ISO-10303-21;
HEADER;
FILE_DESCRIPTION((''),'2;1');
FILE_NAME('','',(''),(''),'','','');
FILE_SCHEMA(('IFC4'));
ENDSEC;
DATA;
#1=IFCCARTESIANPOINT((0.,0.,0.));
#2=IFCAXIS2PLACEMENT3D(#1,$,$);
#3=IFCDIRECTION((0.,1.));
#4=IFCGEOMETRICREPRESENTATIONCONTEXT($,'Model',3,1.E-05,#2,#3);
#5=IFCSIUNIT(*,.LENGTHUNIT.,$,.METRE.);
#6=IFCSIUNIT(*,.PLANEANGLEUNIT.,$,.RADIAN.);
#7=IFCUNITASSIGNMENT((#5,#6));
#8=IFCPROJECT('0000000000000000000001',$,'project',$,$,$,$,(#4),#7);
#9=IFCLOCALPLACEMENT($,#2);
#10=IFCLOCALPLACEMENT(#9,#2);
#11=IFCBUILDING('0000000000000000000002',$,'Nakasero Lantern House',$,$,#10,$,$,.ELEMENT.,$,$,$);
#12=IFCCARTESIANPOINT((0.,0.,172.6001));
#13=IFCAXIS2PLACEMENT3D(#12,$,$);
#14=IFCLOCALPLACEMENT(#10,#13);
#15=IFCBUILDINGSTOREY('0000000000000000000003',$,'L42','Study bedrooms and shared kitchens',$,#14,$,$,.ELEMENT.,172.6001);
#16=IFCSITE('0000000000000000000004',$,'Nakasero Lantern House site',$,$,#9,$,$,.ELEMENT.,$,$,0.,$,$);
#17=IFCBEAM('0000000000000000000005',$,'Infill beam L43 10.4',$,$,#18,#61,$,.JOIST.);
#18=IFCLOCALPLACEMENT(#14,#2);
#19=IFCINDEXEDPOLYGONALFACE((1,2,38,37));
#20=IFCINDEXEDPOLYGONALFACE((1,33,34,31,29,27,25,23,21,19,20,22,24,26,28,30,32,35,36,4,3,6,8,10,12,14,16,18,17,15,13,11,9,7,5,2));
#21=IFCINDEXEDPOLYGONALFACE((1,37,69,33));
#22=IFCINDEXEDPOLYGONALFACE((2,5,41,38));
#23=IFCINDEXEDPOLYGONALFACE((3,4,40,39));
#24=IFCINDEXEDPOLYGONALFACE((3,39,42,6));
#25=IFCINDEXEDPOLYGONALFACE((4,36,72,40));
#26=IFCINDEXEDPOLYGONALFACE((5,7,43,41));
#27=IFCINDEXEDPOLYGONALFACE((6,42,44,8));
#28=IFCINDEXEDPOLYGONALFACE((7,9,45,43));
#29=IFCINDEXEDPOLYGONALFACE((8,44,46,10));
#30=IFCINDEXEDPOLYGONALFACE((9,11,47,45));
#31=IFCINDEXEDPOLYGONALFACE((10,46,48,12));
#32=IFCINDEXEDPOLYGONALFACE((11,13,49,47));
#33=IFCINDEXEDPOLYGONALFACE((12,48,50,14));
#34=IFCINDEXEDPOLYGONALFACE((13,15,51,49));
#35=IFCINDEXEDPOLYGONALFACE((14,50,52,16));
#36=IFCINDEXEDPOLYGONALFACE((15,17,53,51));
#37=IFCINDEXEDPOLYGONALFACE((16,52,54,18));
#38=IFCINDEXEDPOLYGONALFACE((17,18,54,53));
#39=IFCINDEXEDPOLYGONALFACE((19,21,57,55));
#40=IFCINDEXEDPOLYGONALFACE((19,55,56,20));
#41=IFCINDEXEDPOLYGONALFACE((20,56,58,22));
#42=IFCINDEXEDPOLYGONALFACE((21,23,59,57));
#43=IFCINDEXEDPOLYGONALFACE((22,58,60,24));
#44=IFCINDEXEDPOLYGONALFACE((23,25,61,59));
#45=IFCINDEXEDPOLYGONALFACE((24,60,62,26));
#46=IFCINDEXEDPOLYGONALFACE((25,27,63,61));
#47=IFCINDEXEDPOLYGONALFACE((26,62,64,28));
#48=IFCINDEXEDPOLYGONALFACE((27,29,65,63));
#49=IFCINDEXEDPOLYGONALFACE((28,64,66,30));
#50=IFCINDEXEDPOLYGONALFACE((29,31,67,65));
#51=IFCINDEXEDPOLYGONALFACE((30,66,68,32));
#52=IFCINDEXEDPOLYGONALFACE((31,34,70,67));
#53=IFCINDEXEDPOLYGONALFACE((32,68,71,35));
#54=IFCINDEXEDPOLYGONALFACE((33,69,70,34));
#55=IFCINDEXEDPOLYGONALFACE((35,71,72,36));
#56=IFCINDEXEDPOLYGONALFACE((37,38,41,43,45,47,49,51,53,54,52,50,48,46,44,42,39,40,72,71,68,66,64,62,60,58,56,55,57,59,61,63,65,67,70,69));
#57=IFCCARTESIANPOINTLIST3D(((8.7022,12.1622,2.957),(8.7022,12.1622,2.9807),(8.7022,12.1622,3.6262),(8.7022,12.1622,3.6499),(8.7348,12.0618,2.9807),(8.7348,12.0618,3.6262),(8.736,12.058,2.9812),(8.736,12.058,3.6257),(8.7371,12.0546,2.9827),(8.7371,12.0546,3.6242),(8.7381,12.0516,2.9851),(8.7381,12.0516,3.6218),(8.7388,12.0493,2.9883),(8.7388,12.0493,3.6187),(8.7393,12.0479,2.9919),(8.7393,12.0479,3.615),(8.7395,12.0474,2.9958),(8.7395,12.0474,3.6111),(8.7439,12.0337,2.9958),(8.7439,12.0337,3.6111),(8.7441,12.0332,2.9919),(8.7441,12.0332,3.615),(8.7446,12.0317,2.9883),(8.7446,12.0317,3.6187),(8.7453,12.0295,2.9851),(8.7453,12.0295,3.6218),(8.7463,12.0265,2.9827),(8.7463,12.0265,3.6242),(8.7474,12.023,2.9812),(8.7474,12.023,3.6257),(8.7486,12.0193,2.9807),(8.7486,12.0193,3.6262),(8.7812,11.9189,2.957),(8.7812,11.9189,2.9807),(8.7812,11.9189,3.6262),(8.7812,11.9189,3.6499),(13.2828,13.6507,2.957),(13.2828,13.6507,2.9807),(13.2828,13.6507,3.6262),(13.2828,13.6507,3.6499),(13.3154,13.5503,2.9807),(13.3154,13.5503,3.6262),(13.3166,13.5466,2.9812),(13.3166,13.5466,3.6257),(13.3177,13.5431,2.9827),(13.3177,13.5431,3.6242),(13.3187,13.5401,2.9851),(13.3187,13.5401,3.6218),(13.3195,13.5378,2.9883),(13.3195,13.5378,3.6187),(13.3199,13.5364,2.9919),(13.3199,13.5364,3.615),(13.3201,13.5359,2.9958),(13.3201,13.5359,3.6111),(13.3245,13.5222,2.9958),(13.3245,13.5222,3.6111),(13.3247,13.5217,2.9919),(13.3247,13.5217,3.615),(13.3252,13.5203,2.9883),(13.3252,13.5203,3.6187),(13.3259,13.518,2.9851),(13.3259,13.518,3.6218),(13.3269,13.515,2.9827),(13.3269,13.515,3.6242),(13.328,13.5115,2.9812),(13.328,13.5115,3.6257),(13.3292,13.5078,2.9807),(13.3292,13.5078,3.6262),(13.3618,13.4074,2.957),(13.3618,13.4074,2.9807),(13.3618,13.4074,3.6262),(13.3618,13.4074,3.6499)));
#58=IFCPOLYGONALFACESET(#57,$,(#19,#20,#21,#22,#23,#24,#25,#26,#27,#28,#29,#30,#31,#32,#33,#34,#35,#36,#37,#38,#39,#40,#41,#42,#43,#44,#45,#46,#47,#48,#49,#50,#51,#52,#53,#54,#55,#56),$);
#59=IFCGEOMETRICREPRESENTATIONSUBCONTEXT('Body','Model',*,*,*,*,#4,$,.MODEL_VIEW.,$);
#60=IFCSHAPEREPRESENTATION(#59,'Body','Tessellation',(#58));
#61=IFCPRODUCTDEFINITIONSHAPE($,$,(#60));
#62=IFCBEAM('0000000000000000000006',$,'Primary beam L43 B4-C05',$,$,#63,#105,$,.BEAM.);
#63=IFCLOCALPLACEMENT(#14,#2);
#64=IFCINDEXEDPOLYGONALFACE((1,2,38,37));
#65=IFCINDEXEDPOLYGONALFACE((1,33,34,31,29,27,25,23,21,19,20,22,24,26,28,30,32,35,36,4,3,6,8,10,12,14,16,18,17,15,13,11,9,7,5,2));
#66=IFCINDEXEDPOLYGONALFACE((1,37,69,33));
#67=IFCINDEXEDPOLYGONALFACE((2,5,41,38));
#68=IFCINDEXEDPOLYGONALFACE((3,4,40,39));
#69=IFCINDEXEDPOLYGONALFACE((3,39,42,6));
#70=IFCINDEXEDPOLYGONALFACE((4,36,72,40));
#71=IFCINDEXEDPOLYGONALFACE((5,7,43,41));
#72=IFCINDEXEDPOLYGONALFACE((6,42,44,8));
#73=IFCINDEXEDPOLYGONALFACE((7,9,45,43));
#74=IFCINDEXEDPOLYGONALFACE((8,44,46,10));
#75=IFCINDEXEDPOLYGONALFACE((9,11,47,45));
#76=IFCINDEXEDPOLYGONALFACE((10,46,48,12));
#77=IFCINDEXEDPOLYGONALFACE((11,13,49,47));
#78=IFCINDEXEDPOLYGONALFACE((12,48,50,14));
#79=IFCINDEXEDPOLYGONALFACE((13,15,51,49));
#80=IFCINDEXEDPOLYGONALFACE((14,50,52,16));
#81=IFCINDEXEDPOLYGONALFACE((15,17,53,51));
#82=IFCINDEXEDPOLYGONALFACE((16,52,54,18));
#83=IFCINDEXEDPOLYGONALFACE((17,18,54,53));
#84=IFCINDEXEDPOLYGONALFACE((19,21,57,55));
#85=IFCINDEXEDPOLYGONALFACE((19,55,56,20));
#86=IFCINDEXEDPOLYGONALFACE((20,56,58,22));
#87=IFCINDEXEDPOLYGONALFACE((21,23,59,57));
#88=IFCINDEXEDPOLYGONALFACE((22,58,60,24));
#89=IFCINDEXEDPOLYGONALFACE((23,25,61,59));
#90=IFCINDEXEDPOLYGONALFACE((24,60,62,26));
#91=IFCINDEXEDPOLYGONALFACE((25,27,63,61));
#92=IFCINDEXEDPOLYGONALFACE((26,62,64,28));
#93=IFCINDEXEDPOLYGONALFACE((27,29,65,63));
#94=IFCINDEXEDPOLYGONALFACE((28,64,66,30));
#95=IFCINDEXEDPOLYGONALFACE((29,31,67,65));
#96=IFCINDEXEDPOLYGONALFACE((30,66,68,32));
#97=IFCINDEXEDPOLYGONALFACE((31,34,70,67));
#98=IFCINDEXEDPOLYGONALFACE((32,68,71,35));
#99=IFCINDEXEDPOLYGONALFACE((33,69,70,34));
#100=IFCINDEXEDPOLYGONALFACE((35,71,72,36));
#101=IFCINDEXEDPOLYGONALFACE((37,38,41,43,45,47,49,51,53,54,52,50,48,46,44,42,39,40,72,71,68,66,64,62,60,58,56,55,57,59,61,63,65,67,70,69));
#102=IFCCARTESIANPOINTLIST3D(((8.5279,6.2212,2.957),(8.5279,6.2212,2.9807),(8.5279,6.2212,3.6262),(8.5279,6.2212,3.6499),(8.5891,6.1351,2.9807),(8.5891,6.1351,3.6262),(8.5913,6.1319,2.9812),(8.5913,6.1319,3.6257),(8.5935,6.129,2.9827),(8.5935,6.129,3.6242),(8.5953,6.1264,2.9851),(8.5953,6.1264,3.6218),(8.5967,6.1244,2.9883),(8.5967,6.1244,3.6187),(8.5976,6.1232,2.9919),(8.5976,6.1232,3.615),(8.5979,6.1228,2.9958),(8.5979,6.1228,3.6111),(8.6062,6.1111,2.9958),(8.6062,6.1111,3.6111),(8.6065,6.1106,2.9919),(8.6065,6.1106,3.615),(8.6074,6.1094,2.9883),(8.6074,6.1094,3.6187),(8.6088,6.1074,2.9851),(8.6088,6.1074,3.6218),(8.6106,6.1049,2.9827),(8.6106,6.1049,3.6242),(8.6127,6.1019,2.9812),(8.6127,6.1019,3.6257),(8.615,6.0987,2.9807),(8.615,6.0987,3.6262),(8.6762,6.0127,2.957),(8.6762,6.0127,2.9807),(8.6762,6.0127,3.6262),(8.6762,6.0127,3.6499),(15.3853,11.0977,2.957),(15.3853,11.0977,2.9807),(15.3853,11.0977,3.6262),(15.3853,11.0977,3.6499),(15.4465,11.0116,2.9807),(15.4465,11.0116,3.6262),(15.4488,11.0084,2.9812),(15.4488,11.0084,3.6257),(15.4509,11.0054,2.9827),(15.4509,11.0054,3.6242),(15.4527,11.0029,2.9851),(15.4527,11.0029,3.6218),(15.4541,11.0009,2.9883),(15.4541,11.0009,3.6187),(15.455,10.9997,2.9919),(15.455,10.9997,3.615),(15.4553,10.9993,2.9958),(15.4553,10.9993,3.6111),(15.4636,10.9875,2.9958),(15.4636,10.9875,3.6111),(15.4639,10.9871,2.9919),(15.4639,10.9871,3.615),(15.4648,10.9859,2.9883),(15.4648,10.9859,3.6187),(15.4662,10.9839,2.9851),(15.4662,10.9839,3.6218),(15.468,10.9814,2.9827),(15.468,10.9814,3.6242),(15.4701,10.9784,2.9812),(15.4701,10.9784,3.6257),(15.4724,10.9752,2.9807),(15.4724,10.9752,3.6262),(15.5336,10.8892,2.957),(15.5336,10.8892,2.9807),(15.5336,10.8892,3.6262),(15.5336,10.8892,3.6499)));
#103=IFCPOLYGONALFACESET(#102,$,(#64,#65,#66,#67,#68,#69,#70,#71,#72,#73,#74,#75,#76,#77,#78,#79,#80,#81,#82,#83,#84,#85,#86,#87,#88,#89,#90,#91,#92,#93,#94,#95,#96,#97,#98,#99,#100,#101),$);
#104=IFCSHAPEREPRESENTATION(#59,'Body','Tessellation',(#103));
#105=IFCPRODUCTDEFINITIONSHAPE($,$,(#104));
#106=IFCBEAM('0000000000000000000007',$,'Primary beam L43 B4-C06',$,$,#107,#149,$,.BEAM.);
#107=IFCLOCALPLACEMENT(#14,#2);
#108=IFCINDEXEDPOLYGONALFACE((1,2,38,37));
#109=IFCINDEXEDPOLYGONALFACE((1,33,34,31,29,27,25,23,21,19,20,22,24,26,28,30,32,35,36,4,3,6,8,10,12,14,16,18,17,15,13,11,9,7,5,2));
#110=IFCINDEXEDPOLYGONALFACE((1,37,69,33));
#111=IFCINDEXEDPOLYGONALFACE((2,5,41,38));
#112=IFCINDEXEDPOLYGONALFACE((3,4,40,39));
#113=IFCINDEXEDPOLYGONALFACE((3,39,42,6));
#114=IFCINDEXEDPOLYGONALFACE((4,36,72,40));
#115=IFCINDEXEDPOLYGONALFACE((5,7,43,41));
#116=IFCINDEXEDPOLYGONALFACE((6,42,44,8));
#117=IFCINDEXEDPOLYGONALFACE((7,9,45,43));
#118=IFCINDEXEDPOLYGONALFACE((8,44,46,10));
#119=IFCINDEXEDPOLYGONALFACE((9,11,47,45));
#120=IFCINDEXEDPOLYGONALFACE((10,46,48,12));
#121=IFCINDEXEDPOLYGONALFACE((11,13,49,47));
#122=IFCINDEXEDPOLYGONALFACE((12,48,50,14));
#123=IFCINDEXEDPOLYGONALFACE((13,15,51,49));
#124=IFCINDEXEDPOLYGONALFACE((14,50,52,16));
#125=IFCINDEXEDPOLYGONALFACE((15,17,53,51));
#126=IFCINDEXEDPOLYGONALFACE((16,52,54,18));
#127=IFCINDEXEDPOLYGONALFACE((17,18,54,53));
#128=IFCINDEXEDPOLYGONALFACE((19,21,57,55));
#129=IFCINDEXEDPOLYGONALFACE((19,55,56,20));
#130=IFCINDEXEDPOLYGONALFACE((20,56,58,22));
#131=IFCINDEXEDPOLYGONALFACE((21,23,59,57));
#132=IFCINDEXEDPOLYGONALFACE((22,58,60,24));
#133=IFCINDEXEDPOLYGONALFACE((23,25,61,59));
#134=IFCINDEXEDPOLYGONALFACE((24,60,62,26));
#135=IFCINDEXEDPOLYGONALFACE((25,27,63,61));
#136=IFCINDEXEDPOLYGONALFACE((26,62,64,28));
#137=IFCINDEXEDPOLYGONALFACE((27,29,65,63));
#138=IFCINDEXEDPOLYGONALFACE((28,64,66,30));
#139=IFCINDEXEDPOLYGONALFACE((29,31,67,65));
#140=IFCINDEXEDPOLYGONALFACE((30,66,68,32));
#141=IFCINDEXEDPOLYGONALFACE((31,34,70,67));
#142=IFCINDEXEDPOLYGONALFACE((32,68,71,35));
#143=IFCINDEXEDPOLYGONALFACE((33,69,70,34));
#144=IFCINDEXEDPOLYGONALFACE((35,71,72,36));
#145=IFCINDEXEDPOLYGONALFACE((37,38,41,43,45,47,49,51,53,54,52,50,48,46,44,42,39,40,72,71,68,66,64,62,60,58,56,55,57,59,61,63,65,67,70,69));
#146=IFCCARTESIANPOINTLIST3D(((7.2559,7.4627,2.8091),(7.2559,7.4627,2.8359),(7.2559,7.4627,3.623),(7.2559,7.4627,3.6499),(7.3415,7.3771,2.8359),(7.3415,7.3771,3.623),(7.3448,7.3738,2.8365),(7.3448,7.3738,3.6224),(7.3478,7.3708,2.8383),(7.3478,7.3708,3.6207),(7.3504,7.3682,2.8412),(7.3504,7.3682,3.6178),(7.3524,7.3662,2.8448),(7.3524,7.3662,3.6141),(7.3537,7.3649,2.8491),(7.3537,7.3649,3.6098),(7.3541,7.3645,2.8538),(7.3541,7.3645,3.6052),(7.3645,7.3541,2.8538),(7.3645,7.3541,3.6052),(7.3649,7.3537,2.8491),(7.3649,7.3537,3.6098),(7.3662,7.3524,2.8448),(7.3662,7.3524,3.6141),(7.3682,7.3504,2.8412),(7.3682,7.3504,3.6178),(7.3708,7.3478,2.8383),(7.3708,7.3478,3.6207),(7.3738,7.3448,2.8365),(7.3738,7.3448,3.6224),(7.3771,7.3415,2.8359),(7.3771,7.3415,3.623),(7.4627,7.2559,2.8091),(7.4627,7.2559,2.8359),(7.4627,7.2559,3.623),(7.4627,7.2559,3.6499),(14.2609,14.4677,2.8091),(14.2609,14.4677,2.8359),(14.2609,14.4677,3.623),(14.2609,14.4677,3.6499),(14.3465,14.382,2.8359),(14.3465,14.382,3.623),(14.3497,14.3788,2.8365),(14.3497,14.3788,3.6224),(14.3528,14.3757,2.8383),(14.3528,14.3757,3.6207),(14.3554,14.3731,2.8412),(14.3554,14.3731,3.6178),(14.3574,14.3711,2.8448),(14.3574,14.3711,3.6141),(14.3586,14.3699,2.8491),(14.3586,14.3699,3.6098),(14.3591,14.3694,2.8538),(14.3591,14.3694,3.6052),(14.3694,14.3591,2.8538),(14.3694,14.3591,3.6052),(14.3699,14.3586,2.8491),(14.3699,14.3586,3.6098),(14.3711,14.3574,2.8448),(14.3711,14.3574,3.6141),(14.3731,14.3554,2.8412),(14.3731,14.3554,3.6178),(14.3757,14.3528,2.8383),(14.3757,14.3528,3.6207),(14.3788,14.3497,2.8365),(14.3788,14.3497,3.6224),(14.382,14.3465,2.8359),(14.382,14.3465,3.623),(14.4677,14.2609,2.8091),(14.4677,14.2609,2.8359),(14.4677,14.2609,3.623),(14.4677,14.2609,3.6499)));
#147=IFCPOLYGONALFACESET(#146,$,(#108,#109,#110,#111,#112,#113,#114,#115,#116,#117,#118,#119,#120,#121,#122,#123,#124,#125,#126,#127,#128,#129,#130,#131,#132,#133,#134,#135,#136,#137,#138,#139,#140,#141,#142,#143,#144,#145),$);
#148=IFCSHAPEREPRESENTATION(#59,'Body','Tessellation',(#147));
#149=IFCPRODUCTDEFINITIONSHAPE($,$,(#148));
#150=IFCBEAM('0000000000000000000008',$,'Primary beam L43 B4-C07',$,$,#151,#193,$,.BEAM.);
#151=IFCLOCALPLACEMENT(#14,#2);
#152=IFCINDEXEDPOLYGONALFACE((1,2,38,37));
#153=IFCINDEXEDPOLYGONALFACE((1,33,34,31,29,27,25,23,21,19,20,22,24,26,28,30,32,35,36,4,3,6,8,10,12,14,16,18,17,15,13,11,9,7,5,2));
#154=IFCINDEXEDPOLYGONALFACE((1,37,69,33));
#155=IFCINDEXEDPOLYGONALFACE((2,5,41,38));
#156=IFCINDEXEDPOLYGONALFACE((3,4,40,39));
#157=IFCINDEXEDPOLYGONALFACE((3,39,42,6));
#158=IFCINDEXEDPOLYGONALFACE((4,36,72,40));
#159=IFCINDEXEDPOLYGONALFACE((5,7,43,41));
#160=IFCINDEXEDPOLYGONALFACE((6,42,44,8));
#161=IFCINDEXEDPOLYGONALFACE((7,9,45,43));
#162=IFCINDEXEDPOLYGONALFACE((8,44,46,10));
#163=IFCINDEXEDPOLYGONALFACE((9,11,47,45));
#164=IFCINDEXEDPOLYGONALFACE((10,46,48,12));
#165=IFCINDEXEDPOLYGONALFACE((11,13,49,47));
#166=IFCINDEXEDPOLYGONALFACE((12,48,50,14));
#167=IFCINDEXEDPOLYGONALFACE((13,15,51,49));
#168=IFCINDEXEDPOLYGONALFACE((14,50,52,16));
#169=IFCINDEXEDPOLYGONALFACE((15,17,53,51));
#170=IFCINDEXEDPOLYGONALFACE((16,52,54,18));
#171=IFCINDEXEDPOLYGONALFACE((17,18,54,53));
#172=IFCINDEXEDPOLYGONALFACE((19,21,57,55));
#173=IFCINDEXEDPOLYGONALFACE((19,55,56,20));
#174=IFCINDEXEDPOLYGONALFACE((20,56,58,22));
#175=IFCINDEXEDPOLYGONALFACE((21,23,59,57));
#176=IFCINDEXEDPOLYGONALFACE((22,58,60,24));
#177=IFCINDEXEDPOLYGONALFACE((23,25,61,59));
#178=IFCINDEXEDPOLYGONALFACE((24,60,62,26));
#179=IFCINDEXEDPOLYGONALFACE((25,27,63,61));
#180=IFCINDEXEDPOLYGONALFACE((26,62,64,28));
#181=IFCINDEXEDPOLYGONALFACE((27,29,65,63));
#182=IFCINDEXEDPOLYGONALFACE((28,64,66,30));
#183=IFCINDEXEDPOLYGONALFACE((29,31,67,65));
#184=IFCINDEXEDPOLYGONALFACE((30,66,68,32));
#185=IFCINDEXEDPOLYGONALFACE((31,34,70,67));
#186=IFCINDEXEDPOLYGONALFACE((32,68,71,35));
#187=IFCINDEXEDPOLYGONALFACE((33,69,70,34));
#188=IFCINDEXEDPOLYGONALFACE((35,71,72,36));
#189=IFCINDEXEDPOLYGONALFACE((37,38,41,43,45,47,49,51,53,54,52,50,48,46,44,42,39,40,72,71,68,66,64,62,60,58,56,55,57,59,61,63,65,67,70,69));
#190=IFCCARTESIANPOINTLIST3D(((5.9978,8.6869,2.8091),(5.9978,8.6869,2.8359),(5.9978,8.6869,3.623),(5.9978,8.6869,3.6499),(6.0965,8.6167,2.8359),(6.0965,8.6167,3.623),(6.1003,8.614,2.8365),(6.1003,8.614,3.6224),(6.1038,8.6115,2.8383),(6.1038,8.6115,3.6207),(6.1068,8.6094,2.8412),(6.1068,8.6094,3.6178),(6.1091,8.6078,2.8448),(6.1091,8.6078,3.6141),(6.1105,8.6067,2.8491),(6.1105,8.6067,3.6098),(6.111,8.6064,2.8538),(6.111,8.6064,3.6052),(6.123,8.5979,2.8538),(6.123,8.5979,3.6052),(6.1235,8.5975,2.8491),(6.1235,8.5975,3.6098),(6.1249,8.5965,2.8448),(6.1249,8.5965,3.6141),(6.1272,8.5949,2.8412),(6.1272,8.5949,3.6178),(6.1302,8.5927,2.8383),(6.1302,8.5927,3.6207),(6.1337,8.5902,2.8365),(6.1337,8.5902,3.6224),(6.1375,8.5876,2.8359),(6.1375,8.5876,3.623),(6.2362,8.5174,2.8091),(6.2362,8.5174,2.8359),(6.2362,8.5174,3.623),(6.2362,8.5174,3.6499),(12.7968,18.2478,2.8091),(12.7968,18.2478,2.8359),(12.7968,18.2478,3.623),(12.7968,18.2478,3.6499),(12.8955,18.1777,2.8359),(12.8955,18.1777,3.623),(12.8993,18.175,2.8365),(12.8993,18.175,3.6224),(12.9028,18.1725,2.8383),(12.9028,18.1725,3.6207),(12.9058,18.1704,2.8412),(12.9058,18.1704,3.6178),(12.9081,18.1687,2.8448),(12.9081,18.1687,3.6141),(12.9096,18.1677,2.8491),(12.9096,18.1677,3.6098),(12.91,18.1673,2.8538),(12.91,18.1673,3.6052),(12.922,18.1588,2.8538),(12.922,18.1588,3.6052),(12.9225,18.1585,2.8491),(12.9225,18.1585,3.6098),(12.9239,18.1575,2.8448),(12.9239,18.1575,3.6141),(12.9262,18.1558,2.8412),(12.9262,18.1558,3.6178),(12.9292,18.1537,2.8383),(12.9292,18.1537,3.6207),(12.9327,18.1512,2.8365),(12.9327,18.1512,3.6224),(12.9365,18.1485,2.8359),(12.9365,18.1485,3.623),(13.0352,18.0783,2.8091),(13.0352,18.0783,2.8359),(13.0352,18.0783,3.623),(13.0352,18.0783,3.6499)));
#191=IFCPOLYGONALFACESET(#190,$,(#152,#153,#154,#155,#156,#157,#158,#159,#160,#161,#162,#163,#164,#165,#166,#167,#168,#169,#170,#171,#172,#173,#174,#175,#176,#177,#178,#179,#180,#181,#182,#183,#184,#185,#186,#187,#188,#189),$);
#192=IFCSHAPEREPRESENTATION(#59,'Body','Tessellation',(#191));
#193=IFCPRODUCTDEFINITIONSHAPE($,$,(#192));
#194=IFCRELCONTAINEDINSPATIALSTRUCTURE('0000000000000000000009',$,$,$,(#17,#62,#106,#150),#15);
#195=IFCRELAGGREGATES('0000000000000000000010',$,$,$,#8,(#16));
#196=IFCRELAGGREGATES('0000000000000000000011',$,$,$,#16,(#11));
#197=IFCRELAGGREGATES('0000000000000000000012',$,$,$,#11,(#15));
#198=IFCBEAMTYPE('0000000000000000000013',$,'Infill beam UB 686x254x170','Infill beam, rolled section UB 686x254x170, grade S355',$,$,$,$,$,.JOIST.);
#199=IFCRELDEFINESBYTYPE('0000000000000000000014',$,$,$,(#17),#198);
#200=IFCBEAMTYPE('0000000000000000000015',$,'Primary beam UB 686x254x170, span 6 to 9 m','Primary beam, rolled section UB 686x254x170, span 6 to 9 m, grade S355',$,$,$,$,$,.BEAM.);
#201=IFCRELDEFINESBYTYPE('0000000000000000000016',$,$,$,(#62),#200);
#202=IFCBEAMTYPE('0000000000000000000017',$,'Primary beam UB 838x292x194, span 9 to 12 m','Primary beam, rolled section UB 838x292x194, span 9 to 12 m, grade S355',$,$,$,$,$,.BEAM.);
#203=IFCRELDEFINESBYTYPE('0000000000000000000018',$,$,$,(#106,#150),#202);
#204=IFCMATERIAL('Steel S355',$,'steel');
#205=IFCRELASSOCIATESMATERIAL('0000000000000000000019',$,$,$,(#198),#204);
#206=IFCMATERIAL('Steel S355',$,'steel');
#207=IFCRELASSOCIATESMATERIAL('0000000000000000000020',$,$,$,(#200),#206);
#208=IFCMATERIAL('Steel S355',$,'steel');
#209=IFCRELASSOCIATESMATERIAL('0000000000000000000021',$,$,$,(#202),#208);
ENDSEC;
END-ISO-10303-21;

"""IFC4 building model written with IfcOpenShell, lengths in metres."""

from ifc_helpers import new_model, si_unit, direction, frame, origin, origin_2d, place, context, subcontext, project, spatial, i_section, extrude, material, material_profile, profile_set, type_object, element, save


model = new_model("IFC4")

# Units and contexts
model_context = context("Model", 3, precision=1e-05, world=origin(), true_north=direction((0.0, 1.0)))
body_context = subcontext(model_context, "Body", "Model", "MODEL_VIEW")
ifc_project = project(units=[si_unit("LENGTHUNIT", "METRE"), si_unit("PLANEANGLEUNIT", "RADIAN")], contexts=[model_context])

# Site, building, storey
site_placement = place(None, origin())
site = spatial("IfcSite", under=ifc_project, at=site_placement, Name="Nakasero Lantern House site", CompositionType="ELEMENT", RefElevation=0.0)
building_placement = place(site_placement, origin())
building = spatial("IfcBuilding", under=site, at=building_placement, Name="Nakasero Lantern House", CompositionType="ELEMENT")
storey_placement = place(building_placement, frame((0.0, 0.0, 172.6001)))
storey = spatial("IfcBuildingStorey", under=building, at=storey_placement, Name="L42", Description="Study bedrooms and shared kitchens", CompositionType="ELEMENT", Elevation=172.6001)

# Beams
ifc_material_1 = material(Name="Steel S355", Category="steel")
ifc_material_profile_1 = material_profile(ifc_material_1, i_section(OverallWidth=0.2559, OverallDepth=0.6929, WebThickness=0.0144, FlangeThickness=0.0237, FilletRadius=0.0151, at=origin_2d()), Name="UB 686x254x170")
ifc_profile_set_1 = profile_set([ifc_material_profile_1], Name="Steel S355")
beam_type_1 = type_object("IfcBeamType", Name="Infill beam UB 686x254x170", Description="Infill beam, rolled section UB 686x254x170, grade S355", PredefinedType="JOIST", material=ifc_profile_set_1)
beam_1_placement = place(storey_placement, frame((8.7417, 12.0405, 3.3035), z_axis=(0.951044, 0.309056, 0.0), x_axis=(-0.309056, 0.951044, 0.0)))
element("IfcBeam", 1, at=beam_1_placement, inside=storey, type_object=beam_type_1, Name="Infill beam L43 10.4", PredefinedType="JOIST", context=body_context, shape_type="SweptSolid", body=[
    extrude(i_section(OverallWidth=0.2559, OverallDepth=0.6929, WebThickness=0.0144, FlangeThickness=0.0237, FilletRadius=0.0151, at=origin_2d()), origin(), (0.0, 0.0, 1.0), 4.8164),
])
ifc_material_2 = material(Name="Steel S355", Category="steel")
ifc_material_profile_2 = material_profile(ifc_material_2, i_section(OverallWidth=0.2559, OverallDepth=0.6929, WebThickness=0.0144, FlangeThickness=0.0237, FilletRadius=0.0151, at=origin_2d()), Name="UB 686x254x170")
ifc_profile_set_2 = profile_set([ifc_material_profile_2], Name="Steel S355")
beam_type_2 = type_object("IfcBeamType", Name="Primary beam UB 686x254x170, span 6 to 9 m", Description="Primary beam, rolled section UB 686x254x170, span 6 to 9 m, grade S355", PredefinedType="BEAM", material=ifc_profile_set_2)
beam_2_placement = place(storey_placement, frame((15.4595, 10.9934, 3.3035), z_axis=(-0.814951, -0.57953, 0.0), x_axis=(0.57953, -0.814951, 0.0)))
element("IfcBeam", 2, at=beam_2_placement, inside=storey, type_object=beam_type_2, Name="Primary beam L43 B4-C05", PredefinedType="BEAM", context=body_context, shape_type="SweptSolid", body=[
    extrude(i_section(OverallWidth=0.2559, OverallDepth=0.6929, WebThickness=0.0144, FlangeThickness=0.0237, FilletRadius=0.0151, at=origin_2d()), origin(), (0.0, 0.0, 1.0), 8.4146),
])
ifc_material_3 = material(Name="Steel S355", Category="steel")
ifc_material_profile_3 = material_profile(ifc_material_3, i_section(OverallWidth=0.2925, OverallDepth=0.8408, WebThickness=0.0146, FlangeThickness=0.0269, FilletRadius=0.0178, at=origin_2d()), Name="UB 838x292x194")
ifc_profile_set_3 = profile_set([ifc_material_profile_3], Name="Steel S355")
beam_type_3 = type_object("IfcBeamType", Name="Primary beam UB 838x292x194, span 9 to 12 m", Description="Primary beam, rolled section UB 838x292x194, span 9 to 12 m, grade S355", PredefinedType="BEAM", material=ifc_profile_set_3)
beam_3_placement = place(storey_placement, frame((14.3643, 14.3643, 3.2295), z_axis=(-0.707107, -0.707107, 0.0), x_axis=(0.707107, -0.707107, 0.0)))
element("IfcBeam", 3, at=beam_3_placement, inside=storey, type_object=beam_type_3, Name="Primary beam L43 B4-C06", PredefinedType="BEAM", context=body_context, shape_type="SweptSolid", body=[
    extrude(i_section(OverallWidth=0.2925, OverallDepth=0.8408, WebThickness=0.0146, FlangeThickness=0.0269, FilletRadius=0.0178, at=origin_2d()), origin(), (0.0, 0.0, 1.0), 9.9065),
])
beam_4_placement = place(storey_placement, frame((12.916, 18.1631, 3.2295), z_axis=(-0.57953, -0.814951, 0.0), x_axis=(0.814951, -0.57953, 0.0)))
element("IfcBeam", 4, at=beam_4_placement, inside=storey, type_object=beam_type_3, Name="Primary beam L43 B4-C07", PredefinedType="BEAM", context=body_context, shape_type="SweptSolid", body=[
    extrude(i_section(OverallWidth=0.2925, OverallDepth=0.8408, WebThickness=0.0146, FlangeThickness=0.0269, FilletRadius=0.0178, at=origin_2d()), origin(), (0.0, 0.0, 1.0), 11.7319),
])

save(model, "model.ifc")
